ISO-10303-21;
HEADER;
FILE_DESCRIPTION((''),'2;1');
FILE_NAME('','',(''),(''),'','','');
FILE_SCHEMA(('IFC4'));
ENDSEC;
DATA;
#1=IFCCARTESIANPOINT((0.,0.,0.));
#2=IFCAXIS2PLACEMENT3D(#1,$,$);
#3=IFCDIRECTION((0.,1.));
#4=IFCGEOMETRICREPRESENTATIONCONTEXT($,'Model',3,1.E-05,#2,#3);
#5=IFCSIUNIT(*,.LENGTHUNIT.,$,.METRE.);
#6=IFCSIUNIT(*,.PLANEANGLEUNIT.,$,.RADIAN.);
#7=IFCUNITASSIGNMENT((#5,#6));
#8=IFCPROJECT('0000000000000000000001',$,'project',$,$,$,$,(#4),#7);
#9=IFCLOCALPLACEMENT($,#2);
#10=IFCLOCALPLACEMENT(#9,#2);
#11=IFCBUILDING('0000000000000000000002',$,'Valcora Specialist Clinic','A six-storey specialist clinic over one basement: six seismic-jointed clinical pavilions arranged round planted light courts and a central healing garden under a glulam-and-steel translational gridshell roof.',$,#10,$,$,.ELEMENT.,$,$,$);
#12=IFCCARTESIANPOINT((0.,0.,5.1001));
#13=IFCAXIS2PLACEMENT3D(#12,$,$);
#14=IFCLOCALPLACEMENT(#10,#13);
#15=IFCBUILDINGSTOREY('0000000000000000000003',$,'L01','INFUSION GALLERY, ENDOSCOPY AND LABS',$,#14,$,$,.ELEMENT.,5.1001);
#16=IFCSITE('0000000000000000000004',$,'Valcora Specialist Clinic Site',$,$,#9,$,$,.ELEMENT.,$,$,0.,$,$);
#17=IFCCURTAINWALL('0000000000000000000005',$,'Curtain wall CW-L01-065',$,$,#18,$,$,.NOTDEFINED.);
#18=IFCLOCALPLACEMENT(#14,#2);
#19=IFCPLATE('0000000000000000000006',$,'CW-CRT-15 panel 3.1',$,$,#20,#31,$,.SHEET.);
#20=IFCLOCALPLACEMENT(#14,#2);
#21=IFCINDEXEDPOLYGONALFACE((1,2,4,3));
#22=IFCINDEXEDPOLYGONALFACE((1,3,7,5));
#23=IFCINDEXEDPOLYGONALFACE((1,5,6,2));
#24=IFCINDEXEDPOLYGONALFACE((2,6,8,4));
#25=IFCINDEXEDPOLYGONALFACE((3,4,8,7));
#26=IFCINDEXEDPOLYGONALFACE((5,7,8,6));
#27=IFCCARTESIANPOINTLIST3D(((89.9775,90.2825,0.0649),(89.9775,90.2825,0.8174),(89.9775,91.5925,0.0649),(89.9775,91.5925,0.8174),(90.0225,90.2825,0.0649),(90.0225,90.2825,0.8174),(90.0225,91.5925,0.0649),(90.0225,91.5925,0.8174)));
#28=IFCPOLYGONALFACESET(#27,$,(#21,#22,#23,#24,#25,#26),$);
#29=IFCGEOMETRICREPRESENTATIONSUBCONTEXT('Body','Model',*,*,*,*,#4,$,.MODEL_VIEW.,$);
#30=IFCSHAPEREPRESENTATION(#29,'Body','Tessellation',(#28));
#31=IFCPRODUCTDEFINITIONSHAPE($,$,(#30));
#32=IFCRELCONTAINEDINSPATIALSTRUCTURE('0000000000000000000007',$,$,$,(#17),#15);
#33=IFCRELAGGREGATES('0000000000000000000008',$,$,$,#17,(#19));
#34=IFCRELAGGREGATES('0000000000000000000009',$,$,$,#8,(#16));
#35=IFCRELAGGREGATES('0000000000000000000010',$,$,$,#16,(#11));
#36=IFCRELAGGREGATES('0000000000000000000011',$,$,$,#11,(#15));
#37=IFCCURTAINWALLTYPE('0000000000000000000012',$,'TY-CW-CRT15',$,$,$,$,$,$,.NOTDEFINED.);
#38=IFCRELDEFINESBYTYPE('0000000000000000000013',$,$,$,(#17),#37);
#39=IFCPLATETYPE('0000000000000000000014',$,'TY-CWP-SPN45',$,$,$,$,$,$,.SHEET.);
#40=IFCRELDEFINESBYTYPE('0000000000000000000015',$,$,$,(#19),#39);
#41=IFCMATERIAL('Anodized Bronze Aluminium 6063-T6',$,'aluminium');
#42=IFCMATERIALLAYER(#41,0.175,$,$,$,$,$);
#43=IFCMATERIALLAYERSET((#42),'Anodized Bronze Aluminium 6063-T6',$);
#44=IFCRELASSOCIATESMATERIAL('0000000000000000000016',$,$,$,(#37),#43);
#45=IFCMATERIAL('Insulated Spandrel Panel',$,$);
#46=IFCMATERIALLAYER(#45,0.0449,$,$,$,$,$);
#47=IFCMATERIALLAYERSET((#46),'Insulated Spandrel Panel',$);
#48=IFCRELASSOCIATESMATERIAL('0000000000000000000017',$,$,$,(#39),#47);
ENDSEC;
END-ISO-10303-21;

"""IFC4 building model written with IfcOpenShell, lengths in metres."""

from ifc_helpers import new_model, si_unit, direction, frame, origin, origin_2d, place, context, subcontext, project, spatial, rectangle, extrude, material, layer, layer_set, type_object, element, aggregate, save


model = new_model("IFC4")

# Units and contexts
model_context = context("Model", 3, precision=1e-05, world=origin(), true_north=direction((0.0, 1.0)))
body_context = subcontext(model_context, "Body", "Model", "MODEL_VIEW")
ifc_project = project(units=[si_unit("LENGTHUNIT", "METRE"), si_unit("PLANEANGLEUNIT", "RADIAN")], contexts=[model_context])

# Site, building, storey
site_placement = place(None, origin())
site = spatial("IfcSite", under=ifc_project, at=site_placement, Name="Valcora Specialist Clinic Site", CompositionType="ELEMENT", RefElevation=0.0)
building_placement = place(site_placement, origin())
building = spatial("IfcBuilding", under=site, at=building_placement, Name="Valcora Specialist Clinic", Description="A six-storey specialist clinic over one basement: six seismic-jointed clinical pavilions arranged round planted light courts and a central healing garden under a glulam-and-steel translational gridshell roof.", CompositionType="ELEMENT")
storey_placement = place(building_placement, frame((0.0, 0.0, 5.1001)))
storey = spatial("IfcBuildingStorey", under=building, at=storey_placement, Name="L01", Description="INFUSION GALLERY, ENDOSCOPY AND LABS", CompositionType="ELEMENT", Elevation=5.1001)

# Shared definitions
ifc_material_1 = material(Name="Anodized Bronze Aluminium 6063-T6", Category="aluminium")
ifc_layer_1 = layer(ifc_material_1, 0.175)
ifc_layer_set_1 = layer_set([ifc_layer_1], Name="Anodized Bronze Aluminium 6063-T6")
curtain_wall_type = type_object("IfcCurtainWallType", Name="TY-CW-CRT15", PredefinedType="NOTDEFINED", material=ifc_layer_set_1)

# Curtain wall
curtain_wall_1_placement = place(storey_placement, origin())
curtain_wall_1 = element("IfcCurtainWall", 1, at=curtain_wall_1_placement, inside=storey, type_object=curtain_wall_type, Name="Curtain wall CW-L01-065", PredefinedType="NOTDEFINED")

# Plate
ifc_material_2 = material(Name="Insulated Spandrel Panel")
ifc_layer_2 = layer(ifc_material_2, 0.0449)
ifc_layer_set_2 = layer_set([ifc_layer_2], Name="Insulated Spandrel Panel")
plate_type_1 = type_object("IfcPlateType", Name="TY-CWP-SPN45", PredefinedType="SHEET", material=ifc_layer_set_2)
plate_1_placement = place(storey_placement, frame((90.0, 90.9375, 0.0649), z_axis=(0.0, 0.0, 1.0), x_axis=(0.0, 1.0, 0.0)))
plate_1 = element("IfcPlate", 2, at=plate_1_placement, type_object=plate_type_1, Name="CW-CRT-15 panel 3.1", PredefinedType="SHEET", context=body_context, shape_type="SweptSolid", body=[
    extrude(rectangle(XDim=1.3101, YDim=0.0449, at=origin_2d()), origin(), (0.0, 0.0, 1.0), 0.7524),
])
aggregate(curtain_wall_1, [plate_1])

save(model, "model.ifc")
